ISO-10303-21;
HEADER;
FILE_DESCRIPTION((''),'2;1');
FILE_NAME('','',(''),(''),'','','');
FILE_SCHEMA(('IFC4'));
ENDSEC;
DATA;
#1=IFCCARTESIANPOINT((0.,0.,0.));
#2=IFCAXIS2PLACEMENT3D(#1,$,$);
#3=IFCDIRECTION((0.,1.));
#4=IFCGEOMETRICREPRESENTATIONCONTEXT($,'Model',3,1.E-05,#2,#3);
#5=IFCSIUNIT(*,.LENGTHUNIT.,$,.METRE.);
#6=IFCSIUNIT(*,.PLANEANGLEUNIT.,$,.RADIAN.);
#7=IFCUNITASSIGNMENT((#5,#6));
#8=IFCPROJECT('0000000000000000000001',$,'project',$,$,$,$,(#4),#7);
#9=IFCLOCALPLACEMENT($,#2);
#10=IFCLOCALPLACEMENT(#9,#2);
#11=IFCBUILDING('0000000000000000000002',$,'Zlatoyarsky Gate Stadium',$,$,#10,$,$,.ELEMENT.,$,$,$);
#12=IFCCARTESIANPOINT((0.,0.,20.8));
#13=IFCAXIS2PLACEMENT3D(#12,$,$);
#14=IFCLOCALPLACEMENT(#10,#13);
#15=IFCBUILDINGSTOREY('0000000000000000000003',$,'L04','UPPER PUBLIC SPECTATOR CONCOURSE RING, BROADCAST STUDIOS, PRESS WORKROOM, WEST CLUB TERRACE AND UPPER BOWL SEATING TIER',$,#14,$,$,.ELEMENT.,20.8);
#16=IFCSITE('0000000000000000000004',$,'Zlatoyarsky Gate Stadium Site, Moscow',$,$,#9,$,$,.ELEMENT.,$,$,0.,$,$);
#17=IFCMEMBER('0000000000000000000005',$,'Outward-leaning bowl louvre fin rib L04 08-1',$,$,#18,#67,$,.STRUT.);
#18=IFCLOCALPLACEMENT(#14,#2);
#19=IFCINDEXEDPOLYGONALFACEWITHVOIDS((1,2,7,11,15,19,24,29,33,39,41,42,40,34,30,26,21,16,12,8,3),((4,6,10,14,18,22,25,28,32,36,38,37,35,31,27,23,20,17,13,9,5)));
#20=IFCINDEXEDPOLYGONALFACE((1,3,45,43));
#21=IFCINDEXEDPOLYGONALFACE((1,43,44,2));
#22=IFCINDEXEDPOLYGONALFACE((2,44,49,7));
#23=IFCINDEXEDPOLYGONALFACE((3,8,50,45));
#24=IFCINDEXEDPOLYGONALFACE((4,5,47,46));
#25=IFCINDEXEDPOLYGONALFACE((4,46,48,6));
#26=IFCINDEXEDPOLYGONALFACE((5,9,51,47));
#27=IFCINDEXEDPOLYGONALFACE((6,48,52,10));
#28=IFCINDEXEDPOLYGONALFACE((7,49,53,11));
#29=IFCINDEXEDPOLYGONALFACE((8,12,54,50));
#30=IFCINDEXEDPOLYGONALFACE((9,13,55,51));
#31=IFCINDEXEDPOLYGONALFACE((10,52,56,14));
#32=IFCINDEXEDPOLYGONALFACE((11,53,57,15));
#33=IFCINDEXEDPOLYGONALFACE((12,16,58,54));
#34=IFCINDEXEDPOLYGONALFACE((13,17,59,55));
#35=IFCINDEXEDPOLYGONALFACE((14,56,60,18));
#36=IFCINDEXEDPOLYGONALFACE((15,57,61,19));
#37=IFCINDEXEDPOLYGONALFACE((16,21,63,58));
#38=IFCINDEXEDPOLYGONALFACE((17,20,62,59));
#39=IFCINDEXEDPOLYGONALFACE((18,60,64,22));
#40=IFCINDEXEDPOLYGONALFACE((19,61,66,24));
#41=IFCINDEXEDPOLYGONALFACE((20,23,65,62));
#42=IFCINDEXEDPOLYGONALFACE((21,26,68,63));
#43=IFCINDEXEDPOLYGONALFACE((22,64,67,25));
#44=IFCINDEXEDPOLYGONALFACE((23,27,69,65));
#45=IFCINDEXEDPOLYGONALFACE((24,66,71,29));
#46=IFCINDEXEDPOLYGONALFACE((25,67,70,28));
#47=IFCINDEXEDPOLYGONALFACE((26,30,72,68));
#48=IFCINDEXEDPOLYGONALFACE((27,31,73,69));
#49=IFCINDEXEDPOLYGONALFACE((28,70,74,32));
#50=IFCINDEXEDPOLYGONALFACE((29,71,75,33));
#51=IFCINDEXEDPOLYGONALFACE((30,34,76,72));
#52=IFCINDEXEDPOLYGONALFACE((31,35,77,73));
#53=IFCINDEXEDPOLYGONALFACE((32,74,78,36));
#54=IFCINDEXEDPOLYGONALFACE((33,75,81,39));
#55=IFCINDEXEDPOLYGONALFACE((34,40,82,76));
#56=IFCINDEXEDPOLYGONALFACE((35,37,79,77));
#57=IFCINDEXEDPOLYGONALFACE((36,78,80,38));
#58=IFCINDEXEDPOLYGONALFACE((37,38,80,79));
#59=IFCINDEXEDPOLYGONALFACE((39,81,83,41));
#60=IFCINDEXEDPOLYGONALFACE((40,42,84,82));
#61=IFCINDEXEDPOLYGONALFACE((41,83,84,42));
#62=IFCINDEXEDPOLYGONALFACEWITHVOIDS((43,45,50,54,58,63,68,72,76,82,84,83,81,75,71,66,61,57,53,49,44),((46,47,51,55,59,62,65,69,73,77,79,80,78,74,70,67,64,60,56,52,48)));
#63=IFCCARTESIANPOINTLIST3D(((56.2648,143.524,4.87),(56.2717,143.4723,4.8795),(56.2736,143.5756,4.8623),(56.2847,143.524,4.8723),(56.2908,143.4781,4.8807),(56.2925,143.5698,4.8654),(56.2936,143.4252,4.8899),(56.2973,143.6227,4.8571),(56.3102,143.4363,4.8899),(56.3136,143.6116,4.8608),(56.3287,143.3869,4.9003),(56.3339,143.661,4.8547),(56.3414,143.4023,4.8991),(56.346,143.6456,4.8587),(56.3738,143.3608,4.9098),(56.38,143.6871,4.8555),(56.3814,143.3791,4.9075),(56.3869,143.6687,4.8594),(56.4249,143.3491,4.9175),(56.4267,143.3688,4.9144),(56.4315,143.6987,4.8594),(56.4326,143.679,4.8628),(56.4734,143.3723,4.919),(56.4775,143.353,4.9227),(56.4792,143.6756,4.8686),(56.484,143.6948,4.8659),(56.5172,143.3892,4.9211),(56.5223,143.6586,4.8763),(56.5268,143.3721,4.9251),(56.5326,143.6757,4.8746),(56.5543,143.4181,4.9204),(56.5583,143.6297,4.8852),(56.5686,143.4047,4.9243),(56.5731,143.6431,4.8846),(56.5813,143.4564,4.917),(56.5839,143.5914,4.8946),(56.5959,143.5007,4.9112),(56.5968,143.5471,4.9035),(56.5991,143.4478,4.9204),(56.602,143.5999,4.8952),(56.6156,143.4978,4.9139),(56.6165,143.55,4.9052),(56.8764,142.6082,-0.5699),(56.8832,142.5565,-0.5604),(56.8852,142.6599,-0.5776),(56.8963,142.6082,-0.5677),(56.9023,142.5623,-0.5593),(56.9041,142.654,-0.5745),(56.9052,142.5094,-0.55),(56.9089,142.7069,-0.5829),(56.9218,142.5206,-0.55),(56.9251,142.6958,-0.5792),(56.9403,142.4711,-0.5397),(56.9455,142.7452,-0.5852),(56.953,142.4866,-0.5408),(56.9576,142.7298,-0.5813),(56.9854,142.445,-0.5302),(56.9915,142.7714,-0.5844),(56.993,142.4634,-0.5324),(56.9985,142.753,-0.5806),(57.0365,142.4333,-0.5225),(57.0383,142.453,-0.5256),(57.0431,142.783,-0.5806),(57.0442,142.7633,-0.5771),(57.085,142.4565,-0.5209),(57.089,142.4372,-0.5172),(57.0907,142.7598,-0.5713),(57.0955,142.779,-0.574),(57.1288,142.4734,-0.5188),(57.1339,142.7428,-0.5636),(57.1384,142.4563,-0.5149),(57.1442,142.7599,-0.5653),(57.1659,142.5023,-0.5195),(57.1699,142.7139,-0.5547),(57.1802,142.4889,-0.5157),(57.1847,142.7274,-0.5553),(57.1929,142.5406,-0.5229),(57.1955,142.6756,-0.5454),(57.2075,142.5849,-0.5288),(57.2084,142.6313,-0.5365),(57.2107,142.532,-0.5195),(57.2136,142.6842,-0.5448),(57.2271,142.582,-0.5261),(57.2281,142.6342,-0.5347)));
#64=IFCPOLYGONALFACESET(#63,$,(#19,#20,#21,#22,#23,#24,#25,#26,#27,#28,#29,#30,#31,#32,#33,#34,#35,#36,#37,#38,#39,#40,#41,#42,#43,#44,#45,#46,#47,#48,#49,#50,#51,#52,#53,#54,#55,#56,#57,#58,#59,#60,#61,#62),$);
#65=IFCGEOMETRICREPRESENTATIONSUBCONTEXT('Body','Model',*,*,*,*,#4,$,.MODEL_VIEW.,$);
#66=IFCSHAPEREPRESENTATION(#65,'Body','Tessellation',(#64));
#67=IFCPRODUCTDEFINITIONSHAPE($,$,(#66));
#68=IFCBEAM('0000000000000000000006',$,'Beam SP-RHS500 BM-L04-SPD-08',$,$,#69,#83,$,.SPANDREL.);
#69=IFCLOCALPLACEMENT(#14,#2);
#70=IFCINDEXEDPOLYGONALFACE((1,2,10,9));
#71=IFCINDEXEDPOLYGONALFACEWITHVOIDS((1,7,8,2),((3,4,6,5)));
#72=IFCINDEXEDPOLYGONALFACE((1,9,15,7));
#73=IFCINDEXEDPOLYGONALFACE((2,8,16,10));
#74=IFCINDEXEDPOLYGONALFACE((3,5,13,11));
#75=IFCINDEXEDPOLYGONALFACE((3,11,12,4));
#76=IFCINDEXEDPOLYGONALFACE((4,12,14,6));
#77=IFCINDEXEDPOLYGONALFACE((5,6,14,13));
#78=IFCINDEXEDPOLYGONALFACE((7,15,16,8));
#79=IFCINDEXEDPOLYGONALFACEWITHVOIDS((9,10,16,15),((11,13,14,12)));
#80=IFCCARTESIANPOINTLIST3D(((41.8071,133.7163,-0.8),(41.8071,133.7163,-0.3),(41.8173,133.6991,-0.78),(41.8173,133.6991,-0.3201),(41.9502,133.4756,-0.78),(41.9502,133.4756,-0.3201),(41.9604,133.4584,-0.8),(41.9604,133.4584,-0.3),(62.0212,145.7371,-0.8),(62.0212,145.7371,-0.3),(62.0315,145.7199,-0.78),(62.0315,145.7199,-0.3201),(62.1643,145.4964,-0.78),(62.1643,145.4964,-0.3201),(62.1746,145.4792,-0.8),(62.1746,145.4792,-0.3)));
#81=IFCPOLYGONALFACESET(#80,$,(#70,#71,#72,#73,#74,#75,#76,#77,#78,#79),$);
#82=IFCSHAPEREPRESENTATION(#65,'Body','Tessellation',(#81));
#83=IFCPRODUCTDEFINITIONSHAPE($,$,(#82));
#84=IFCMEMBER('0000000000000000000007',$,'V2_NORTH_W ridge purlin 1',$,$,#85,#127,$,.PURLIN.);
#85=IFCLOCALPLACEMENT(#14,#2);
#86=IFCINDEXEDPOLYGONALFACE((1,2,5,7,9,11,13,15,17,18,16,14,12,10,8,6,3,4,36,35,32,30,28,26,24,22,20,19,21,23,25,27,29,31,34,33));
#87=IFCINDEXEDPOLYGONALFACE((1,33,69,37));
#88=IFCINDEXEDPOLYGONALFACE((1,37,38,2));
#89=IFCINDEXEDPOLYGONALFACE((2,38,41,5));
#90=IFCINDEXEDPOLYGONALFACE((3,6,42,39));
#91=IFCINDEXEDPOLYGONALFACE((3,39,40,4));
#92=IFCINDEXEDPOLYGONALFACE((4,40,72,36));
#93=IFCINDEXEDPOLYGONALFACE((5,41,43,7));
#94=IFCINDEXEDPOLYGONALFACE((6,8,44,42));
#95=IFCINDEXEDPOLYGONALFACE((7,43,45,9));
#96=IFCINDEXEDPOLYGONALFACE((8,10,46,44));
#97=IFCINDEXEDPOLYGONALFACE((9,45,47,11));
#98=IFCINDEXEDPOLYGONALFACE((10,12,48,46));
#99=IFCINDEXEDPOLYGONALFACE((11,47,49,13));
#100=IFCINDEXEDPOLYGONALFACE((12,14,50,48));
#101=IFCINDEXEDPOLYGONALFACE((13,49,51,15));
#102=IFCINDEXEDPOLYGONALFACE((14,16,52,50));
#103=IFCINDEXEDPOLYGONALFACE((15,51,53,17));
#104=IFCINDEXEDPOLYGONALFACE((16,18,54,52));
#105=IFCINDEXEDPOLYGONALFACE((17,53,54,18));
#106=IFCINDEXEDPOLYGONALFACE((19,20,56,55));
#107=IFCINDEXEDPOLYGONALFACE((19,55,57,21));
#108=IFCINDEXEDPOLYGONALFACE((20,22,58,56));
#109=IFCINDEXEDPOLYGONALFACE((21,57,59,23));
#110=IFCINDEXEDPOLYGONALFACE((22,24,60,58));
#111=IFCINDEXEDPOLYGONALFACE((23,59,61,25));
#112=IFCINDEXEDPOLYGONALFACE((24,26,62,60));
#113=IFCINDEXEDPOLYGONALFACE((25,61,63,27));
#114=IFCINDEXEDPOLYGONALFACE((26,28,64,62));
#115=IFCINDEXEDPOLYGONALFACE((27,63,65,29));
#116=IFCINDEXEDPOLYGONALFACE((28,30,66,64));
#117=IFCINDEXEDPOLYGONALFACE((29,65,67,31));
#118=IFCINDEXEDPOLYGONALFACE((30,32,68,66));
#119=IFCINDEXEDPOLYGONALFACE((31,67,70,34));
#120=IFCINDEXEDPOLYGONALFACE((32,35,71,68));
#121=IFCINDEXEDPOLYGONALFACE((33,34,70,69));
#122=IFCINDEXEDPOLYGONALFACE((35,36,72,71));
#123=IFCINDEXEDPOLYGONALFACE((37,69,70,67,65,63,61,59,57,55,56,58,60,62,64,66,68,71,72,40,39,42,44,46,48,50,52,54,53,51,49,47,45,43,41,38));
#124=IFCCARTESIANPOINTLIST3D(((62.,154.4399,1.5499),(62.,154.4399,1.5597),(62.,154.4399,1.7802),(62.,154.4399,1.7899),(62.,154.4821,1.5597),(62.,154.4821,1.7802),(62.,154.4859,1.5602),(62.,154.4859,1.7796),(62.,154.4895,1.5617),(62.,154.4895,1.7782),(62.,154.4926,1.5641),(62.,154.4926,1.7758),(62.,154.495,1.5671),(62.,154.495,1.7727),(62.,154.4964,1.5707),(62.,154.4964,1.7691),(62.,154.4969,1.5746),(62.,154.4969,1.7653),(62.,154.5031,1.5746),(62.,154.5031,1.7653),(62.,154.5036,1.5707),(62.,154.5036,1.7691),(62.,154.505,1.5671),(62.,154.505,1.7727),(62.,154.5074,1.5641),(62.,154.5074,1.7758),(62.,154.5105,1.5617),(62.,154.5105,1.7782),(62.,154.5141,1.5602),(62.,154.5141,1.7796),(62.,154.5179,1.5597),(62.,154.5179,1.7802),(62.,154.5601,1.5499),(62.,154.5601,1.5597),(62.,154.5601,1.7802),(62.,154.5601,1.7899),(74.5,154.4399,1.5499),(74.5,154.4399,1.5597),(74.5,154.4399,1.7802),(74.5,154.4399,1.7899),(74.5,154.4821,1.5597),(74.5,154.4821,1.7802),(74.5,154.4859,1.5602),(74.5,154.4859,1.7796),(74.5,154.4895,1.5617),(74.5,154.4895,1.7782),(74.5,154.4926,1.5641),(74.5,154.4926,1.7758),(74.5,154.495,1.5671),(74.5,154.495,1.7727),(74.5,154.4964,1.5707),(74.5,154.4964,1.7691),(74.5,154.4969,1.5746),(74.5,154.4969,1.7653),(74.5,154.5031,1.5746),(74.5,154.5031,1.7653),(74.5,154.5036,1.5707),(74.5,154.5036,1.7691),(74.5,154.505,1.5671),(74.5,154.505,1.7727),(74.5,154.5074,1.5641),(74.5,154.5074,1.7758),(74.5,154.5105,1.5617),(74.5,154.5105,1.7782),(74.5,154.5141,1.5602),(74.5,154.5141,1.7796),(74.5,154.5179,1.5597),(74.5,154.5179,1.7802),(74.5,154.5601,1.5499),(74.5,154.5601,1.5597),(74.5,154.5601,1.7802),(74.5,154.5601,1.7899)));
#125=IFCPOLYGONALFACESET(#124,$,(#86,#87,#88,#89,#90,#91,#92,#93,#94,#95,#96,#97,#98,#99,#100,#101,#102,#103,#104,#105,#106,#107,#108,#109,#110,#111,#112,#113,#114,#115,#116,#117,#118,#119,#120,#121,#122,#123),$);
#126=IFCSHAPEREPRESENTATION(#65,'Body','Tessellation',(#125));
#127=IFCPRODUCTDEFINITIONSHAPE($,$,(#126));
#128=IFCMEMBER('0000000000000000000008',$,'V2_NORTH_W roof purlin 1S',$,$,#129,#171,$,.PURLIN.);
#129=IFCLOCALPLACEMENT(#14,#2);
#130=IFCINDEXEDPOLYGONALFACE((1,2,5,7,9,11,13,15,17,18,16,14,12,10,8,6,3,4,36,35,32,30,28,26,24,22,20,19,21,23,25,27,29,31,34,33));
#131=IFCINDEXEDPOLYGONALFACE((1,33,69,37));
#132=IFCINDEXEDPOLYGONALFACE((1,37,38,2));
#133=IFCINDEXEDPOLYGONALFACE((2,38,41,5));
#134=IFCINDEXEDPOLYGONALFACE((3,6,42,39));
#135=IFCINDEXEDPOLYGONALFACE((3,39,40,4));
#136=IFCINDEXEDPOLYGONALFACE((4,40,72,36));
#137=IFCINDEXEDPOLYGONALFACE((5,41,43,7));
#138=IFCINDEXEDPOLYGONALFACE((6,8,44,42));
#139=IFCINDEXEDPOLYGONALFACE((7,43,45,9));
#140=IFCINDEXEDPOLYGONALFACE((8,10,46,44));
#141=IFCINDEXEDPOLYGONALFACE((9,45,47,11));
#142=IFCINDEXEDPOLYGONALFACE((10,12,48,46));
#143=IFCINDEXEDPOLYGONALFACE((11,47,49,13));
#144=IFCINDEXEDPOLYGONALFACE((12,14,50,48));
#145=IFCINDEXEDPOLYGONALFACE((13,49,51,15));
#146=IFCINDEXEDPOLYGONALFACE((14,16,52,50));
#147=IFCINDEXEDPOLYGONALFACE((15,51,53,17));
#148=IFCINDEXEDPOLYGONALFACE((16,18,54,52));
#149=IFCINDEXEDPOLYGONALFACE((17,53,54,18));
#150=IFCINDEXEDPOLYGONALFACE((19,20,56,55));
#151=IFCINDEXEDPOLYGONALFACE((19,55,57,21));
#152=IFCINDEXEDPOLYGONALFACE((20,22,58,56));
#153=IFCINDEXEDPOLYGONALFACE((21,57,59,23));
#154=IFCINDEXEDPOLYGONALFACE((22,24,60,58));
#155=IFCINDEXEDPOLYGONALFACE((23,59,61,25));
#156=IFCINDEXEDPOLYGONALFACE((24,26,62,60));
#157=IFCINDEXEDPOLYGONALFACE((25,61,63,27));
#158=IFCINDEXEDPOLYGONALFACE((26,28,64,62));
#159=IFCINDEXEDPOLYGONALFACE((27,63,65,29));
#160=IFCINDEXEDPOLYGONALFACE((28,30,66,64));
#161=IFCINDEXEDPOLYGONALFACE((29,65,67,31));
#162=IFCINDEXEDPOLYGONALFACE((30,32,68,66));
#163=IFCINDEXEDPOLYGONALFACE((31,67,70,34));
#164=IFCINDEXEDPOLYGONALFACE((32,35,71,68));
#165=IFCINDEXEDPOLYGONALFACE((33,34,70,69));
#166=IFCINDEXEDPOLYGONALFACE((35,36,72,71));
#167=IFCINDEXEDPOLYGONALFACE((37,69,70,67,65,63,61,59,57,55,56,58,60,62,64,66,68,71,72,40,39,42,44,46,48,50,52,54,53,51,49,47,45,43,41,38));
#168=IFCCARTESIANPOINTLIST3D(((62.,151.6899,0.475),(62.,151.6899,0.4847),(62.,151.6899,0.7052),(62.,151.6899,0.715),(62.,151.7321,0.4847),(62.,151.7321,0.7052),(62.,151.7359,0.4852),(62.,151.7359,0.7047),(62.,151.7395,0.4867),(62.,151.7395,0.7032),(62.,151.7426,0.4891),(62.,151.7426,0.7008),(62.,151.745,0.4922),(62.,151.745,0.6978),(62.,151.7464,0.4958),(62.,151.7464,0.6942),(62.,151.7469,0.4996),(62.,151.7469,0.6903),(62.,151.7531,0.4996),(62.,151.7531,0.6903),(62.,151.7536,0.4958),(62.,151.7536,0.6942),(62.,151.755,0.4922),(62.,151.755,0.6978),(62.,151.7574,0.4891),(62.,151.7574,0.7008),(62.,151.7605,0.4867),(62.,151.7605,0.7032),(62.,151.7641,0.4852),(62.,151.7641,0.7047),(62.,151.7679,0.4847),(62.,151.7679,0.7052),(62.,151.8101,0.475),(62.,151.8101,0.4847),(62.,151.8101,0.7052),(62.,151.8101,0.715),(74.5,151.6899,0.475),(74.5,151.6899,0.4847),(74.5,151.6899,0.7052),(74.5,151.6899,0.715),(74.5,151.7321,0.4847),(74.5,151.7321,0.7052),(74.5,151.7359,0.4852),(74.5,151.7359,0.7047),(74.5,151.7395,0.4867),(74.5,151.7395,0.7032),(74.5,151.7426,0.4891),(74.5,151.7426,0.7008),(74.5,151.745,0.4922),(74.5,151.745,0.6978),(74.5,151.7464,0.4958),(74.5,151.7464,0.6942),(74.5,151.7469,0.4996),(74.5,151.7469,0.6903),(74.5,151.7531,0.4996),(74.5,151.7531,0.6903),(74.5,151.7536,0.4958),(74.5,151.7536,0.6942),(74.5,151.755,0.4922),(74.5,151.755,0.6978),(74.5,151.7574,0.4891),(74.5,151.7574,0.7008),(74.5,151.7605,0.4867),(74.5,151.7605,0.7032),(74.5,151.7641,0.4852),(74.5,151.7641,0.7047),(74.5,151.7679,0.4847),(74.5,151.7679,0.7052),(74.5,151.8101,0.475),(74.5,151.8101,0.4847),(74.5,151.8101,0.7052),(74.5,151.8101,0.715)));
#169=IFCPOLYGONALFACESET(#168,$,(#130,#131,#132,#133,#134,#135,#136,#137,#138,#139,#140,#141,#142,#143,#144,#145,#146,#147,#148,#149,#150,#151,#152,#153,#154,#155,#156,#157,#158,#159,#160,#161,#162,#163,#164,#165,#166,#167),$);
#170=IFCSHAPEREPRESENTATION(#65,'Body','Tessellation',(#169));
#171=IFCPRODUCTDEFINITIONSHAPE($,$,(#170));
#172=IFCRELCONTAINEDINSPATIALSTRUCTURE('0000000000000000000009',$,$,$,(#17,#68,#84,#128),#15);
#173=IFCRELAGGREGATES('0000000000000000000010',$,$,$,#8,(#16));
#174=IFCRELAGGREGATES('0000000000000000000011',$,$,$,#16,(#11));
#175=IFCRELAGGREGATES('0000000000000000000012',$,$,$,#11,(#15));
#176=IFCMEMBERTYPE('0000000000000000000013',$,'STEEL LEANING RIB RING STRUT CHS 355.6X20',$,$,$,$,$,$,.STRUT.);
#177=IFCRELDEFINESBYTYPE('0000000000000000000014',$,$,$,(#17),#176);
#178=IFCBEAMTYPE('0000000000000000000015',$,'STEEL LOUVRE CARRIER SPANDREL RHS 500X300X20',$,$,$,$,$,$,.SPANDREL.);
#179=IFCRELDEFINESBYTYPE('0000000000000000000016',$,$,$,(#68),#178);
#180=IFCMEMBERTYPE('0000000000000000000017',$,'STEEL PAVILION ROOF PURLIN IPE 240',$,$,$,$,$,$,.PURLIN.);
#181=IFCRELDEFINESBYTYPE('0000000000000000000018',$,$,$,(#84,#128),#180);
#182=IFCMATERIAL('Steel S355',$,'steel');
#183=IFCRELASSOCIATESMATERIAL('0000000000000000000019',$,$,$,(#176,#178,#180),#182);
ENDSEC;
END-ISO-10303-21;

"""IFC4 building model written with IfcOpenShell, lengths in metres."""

from ifc_helpers import new_model, si_unit, direction, frame, origin, origin_2d, place, context, subcontext, project, spatial, hollow_rectangle, hollow_circle, i_section, extrude, material, material_profile, profile_set, type_object, element, save


model = new_model("IFC4")

# Units and contexts
model_context = context("Model", 3, precision=1e-05, world=origin(), true_north=direction((0.0, 1.0)))
body_context = subcontext(model_context, "Body", "Model", "MODEL_VIEW")
ifc_project = project(units=[si_unit("LENGTHUNIT", "METRE"), si_unit("PLANEANGLEUNIT", "RADIAN")], contexts=[model_context])

# Site, building, storey
site_placement = place(None, origin())
site = spatial("IfcSite", under=ifc_project, at=site_placement, Name="Zlatoyarsky Gate Stadium Site, Moscow", CompositionType="ELEMENT", RefElevation=0.0)
building_placement = place(site_placement, origin())
building = spatial("IfcBuilding", under=site, at=building_placement, Name="Zlatoyarsky Gate Stadium", CompositionType="ELEMENT")
storey_placement = place(building_placement, frame((0.0, 0.0, 20.8)))
storey = spatial("IfcBuildingStorey", under=building, at=storey_placement, Name="L04", Description="UPPER PUBLIC SPECTATOR CONCOURSE RING, BROADCAST STUDIOS, PRESS WORKROOM, WEST CLUB TERRACE AND UPPER BOWL SEATING TIER", CompositionType="ELEMENT", Elevation=20.8)

# Shared definitions
ifc_material_1 = material(Name="Steel S355", Category="steel")

# Member
ifc_material_profile_1 = material_profile(ifc_material_1, hollow_circle(Radius=0.1777, WallThickness=0.02, at=origin_2d()), Name="CHS 355.6X20")
ifc_profile_set_1 = profile_set([ifc_material_profile_1], Name="Steel S355")
member_type_1 = type_object("IfcMemberType", Name="STEEL LEANING RIB RING STRUT CHS 355.6X20", PredefinedType="STRUT", material=ifc_profile_set_1)
member_1_placement = place(storey_placement, frame((57.053, 142.6082, -0.55), z_axis=(-0.110188, 0.164996, 0.98012), x_axis=(-0.831607, -0.555365, 0.0)))
element("IfcMember", 1, at=member_1_placement, inside=storey, type_object=member_type_1, Name="Outward-leaning bowl louvre fin rib L04 08-1", PredefinedType="STRUT", context=body_context, shape_type="SweptSolid", body=[
    extrude(hollow_circle(Radius=0.1777, WallThickness=0.02, at=origin_2d()), origin(), (0.0, 0.0, 1.0), 5.5503),
])

# Beam
ifc_material_profile_2 = material_profile(ifc_material_1, hollow_rectangle(XDim=0.3, YDim=0.5, WallThickness=0.02, at=origin_2d()), Name="RHS 500X300X20")
ifc_profile_set_2 = profile_set([ifc_material_profile_2], Name="Steel S355")
beam_type_1 = type_object("IfcBeamType", Name="STEEL LOUVRE CARRIER SPANDREL RHS 500X300X20", PredefinedType="SPANDREL", material=ifc_profile_set_2)
beam_1_placement = place(storey_placement, frame((62.0979, 145.6082, -0.55), z_axis=(-0.859507, -0.511124, 0.0), x_axis=(0.511124, -0.859507, 0.0)))
element("IfcBeam", 2, at=beam_1_placement, inside=storey, type_object=beam_type_1, Name="Beam SP-RHS500 BM-L04-SPD-08", PredefinedType="SPANDREL", context=body_context, shape_type="SweptSolid", body=[
    extrude(hollow_rectangle(XDim=0.3, YDim=0.5, WallThickness=0.02, at=origin_2d()), origin(), (0.0, 0.0, 1.0), 23.5183),
])

# Members
ifc_material_profile_3 = material_profile(ifc_material_1, i_section(OverallWidth=0.1201, OverallDepth=0.24, WebThickness=0.0061, FlangeThickness=0.0098, FilletRadius=0.0149, at=origin_2d()), Name="IPE 240")
ifc_profile_set_3 = profile_set([ifc_material_profile_3], Name="Steel S355")
member_type_2 = type_object("IfcMemberType", Name="STEEL PAVILION ROOF PURLIN IPE 240", PredefinedType="PURLIN", material=ifc_profile_set_3)
for number, where, z_axis, x_axis, name in (
    (3, (62.0, 154.5, 1.6699), (1.0, 0.0, 0.0), (0.0, 1.0, 0.0), "V2_NORTH_W ridge purlin 1"),
    (4, (62.0, 151.75, 0.595), (1.0, 0.0, 0.0), (0.0, 1.0, 0.0), "V2_NORTH_W roof purlin 1S"),
):
    element("IfcMember", number, at=place(storey_placement, frame(where, z_axis=z_axis, x_axis=x_axis)), inside=storey, type_object=member_type_2, Name=name, PredefinedType="PURLIN", context=body_context, shape_type="SweptSolid", body=[
        extrude(i_section(OverallWidth=0.1201, OverallDepth=0.24, WebThickness=0.0061, FlangeThickness=0.0098, FilletRadius=0.0149, at=origin_2d()), origin(), (0.0, 0.0, 1.0), 12.5),
    ])

save(model, "model.ifc")
